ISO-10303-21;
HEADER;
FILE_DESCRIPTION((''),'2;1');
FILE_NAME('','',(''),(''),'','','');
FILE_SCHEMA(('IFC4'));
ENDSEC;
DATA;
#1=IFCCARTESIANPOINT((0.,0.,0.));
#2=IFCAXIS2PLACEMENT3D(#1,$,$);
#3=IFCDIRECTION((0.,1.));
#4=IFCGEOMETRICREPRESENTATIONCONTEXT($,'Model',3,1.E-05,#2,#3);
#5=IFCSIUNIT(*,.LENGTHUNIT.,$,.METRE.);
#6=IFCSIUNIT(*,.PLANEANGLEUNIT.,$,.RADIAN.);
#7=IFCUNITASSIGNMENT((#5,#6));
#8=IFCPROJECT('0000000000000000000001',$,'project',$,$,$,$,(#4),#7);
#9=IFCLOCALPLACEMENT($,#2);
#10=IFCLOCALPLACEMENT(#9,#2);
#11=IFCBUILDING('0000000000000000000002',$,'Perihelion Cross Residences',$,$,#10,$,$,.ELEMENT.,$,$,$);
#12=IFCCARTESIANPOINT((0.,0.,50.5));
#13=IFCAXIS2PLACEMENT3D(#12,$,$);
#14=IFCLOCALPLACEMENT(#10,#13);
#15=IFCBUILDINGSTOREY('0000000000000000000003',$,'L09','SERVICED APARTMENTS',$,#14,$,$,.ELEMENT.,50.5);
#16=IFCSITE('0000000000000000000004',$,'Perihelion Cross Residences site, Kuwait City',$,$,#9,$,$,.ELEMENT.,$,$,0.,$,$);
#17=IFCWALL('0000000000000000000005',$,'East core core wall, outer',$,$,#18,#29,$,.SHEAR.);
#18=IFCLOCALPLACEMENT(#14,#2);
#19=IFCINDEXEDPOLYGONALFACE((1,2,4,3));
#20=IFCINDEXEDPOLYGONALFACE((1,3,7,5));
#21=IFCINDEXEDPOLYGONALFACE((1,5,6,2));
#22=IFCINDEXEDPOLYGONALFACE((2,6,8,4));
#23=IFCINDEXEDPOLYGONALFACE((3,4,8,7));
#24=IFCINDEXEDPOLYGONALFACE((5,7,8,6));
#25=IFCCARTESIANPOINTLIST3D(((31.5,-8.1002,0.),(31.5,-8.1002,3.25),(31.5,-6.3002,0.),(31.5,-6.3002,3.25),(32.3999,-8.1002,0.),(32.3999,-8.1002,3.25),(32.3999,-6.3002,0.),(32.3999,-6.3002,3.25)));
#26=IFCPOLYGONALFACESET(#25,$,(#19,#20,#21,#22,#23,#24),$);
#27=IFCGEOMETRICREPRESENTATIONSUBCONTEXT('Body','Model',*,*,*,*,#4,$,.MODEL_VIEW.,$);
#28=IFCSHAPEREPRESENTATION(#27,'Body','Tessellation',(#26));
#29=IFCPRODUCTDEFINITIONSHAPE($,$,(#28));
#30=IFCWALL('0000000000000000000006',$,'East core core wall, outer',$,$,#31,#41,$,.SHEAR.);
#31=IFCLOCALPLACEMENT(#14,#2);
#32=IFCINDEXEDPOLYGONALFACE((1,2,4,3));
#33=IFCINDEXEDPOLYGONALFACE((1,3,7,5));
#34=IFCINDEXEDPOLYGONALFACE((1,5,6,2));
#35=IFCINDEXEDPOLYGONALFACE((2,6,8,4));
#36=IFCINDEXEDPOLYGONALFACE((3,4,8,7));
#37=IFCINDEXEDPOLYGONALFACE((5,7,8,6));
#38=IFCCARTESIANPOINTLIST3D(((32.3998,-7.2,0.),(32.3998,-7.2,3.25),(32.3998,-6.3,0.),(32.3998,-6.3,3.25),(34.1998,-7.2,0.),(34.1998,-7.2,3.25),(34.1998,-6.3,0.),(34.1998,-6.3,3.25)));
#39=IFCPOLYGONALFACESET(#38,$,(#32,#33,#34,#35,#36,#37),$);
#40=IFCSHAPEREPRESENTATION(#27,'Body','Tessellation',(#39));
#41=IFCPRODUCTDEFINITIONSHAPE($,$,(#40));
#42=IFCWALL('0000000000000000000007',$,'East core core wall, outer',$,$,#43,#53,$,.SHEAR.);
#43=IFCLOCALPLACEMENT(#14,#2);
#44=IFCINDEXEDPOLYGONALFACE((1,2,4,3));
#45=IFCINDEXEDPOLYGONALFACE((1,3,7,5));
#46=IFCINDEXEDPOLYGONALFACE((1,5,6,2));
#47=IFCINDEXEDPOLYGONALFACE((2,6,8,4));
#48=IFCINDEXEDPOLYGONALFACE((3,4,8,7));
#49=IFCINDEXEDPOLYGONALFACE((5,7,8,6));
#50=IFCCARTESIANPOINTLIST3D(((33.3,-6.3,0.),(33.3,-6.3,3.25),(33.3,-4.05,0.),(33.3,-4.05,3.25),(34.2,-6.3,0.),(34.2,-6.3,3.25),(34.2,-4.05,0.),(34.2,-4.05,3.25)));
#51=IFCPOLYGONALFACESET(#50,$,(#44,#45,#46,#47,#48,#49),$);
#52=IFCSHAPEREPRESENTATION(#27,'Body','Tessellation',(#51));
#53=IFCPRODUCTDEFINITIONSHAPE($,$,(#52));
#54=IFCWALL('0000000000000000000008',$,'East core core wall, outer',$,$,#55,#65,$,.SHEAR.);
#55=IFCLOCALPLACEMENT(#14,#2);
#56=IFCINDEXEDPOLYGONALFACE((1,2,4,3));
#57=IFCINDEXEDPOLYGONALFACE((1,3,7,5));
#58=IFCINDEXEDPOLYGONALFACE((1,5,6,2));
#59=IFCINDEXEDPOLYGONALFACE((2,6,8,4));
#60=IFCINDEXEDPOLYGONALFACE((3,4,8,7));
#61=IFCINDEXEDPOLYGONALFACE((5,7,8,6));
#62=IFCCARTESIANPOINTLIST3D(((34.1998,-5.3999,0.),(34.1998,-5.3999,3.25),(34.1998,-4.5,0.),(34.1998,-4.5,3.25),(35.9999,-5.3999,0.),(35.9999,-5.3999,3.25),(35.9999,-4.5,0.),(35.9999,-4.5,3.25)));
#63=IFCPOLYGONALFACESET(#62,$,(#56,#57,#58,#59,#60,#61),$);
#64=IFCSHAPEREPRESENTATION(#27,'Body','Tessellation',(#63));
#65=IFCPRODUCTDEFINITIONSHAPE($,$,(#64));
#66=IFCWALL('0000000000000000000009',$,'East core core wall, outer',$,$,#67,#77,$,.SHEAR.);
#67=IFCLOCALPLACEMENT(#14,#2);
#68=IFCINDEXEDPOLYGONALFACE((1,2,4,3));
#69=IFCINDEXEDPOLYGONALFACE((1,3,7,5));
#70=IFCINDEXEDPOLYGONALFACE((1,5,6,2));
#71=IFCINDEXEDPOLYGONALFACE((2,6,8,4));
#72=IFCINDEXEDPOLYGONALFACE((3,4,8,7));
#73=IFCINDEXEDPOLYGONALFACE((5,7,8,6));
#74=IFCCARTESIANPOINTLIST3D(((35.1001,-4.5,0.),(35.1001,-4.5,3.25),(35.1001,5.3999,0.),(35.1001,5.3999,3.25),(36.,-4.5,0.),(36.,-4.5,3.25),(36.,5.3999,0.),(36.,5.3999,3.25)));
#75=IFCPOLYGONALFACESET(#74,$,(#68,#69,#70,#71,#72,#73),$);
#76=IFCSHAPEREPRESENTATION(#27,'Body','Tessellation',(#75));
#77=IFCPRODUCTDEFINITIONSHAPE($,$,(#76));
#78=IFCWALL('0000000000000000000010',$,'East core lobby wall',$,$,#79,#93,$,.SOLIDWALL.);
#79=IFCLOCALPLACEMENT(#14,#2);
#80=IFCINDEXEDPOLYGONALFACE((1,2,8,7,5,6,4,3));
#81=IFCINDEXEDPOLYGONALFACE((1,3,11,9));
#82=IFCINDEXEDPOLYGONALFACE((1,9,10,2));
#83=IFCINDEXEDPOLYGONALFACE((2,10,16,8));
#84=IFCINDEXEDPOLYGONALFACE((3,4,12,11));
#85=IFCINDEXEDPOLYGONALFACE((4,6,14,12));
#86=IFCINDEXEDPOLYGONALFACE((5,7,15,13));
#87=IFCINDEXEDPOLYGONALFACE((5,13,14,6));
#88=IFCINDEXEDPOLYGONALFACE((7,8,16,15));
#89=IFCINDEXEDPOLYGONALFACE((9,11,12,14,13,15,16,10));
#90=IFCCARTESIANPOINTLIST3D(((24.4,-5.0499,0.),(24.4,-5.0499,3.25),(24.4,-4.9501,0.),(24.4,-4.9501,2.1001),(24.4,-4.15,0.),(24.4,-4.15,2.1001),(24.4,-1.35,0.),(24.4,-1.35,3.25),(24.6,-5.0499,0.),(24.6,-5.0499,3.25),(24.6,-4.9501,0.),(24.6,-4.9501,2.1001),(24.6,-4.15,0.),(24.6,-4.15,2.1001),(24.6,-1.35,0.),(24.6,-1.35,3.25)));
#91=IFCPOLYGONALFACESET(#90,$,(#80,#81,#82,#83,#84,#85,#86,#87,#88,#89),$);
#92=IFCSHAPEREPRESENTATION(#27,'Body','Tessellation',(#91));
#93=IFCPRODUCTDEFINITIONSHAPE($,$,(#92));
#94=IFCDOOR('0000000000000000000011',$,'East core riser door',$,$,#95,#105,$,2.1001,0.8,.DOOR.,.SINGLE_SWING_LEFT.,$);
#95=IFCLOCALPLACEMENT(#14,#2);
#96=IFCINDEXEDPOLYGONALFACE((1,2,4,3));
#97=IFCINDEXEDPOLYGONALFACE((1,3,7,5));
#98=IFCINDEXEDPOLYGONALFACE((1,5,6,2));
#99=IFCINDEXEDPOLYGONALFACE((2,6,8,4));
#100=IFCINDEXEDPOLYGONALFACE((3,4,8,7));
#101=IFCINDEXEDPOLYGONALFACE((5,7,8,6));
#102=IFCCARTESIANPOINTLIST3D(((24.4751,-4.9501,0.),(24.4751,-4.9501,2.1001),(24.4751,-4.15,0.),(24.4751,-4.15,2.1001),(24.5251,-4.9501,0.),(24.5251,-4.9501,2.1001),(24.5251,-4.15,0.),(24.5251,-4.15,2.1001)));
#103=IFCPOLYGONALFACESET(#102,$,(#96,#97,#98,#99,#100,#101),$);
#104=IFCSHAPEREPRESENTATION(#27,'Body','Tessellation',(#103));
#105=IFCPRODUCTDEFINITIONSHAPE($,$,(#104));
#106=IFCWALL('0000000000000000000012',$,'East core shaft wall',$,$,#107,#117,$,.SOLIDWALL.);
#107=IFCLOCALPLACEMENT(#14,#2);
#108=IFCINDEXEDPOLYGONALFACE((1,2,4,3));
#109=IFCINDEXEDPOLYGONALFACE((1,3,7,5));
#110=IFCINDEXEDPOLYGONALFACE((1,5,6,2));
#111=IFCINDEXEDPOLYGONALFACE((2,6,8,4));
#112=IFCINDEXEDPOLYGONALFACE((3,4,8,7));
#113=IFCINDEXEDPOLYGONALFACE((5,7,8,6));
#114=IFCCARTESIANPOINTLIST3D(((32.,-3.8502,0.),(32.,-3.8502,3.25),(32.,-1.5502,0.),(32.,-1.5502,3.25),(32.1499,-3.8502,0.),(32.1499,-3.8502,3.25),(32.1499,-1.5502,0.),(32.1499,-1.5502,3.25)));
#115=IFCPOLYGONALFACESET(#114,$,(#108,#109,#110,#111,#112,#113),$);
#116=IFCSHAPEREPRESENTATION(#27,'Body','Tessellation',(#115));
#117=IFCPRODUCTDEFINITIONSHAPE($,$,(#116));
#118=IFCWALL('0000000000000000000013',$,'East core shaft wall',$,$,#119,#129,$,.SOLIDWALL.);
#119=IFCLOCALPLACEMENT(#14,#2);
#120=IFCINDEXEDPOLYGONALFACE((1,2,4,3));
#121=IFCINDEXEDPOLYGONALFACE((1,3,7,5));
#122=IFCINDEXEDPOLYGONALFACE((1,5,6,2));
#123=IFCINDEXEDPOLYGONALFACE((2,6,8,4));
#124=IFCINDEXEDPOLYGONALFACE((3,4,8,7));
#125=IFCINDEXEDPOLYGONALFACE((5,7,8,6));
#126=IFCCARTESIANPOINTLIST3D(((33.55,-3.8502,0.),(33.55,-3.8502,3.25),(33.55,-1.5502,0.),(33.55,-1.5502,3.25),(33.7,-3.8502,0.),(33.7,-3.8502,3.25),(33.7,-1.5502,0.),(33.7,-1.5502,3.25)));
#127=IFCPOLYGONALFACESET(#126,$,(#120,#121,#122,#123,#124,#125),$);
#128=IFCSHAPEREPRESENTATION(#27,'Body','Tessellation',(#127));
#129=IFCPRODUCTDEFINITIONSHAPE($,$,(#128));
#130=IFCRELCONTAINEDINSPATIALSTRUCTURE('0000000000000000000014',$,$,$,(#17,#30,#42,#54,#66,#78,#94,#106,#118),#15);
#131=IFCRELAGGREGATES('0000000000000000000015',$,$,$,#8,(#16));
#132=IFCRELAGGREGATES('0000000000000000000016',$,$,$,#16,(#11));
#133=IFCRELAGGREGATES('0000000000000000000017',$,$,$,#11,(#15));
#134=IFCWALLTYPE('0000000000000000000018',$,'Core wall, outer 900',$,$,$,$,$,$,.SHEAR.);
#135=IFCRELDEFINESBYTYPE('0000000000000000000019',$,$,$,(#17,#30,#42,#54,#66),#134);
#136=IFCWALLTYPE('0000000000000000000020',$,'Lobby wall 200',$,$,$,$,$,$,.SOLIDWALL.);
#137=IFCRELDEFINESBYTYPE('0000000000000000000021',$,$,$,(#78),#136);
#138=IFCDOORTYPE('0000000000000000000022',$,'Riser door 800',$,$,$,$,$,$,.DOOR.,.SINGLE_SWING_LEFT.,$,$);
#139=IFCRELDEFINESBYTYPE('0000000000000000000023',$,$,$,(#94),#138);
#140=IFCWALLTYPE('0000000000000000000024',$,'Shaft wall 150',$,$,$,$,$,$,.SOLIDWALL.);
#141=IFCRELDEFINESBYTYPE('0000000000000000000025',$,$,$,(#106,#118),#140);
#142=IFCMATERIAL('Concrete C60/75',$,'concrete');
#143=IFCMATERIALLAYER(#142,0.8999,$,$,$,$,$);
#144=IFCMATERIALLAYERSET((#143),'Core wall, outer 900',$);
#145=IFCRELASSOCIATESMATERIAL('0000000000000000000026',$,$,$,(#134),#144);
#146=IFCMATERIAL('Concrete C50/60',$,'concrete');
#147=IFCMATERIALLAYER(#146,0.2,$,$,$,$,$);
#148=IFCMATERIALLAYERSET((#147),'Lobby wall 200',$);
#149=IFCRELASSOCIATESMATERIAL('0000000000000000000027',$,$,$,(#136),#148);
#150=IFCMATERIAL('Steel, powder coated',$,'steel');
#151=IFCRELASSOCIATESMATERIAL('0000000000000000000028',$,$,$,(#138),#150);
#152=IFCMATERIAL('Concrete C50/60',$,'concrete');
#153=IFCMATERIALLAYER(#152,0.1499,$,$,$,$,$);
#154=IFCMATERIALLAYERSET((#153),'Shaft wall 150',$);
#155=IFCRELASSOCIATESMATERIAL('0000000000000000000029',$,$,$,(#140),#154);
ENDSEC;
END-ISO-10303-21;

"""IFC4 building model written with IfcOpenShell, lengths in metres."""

from ifc_helpers import new_model, si_unit, direction, frame, frame_2d, origin, place, context, subcontext, project, spatial, rectangle, extrude, material, layer, layer_set, type_object, element, fill, save


model = new_model("IFC4")

# Units and contexts
model_context = context("Model", 3, precision=1e-05, world=origin(), true_north=direction((0.0, 1.0)))
body_context = subcontext(model_context, "Body", "Model", "MODEL_VIEW")
ifc_project = project(units=[si_unit("LENGTHUNIT", "METRE"), si_unit("PLANEANGLEUNIT", "RADIAN")], contexts=[model_context])

# Site, building, storey
site_placement = place(None, origin())
site = spatial("IfcSite", under=ifc_project, at=site_placement, Name="Perihelion Cross Residences site, Kuwait City", CompositionType="ELEMENT", RefElevation=0.0)
building_placement = place(site_placement, origin())
building = spatial("IfcBuilding", under=site, at=building_placement, Name="Perihelion Cross Residences", CompositionType="ELEMENT")
storey_placement = place(building_placement, frame((0.0, 0.0, 50.5)))
storey = spatial("IfcBuildingStorey", under=building, at=storey_placement, Name="L09", Description="SERVICED APARTMENTS", CompositionType="ELEMENT", Elevation=50.5)

# Walls
ifc_material_1 = material(Name="Concrete C60/75", Category="concrete")
ifc_layer_1 = layer(ifc_material_1, 0.8999)
ifc_layer_set_1 = layer_set([ifc_layer_1], Name="Core wall, outer 900")
wall_type_1 = type_object("IfcWallType", Name="Core wall, outer 900", PredefinedType="SHEAR", material=ifc_layer_set_1)
for number, where, z_axis, x_axis, name in (
    (1, (31.95, -8.1001, 0.0), (0.0, 0.0, 1.0), (0.0, 1.0, 0.0), "East core core wall, outer"),
    (2, (32.3999, -6.75, 0.0), (0.0, 0.0, 1.0), (1.0, 0.0, 0.0), "East core core wall, outer"),
):
    element("IfcWall", number, at=place(storey_placement, frame(where, z_axis=z_axis, x_axis=x_axis)), inside=storey, type_object=wall_type_1, Name=name, PredefinedType="SHEAR", context=body_context, shape_type="SweptSolid", body=[
        extrude(rectangle(XDim=1.8, YDim=0.8999, at=frame_2d((0.8999, 0.0))), origin(), (0.0, 0.0, 1.0), 3.25),
    ])
wall_1_placement = place(storey_placement, frame((33.75, -6.3, 0.0), z_axis=(0.0, 0.0, 1.0), x_axis=(0.0, 1.0, 0.0)))
element("IfcWall", 3, at=wall_1_placement, inside=storey, type_object=wall_type_1, Name="East core core wall, outer", PredefinedType="SHEAR", context=body_context, shape_type="SweptSolid", body=[
    extrude(rectangle(XDim=2.25, YDim=0.8999, at=frame_2d((1.125, 0.0))), origin(), (0.0, 0.0, 1.0), 3.25),
])
wall_2_placement = place(storey_placement, frame((34.2, -4.95, 0.0), z_axis=(0.0, 0.0, 1.0), x_axis=(1.0, 0.0, 0.0)))
element("IfcWall", 4, at=wall_2_placement, inside=storey, type_object=wall_type_1, Name="East core core wall, outer", PredefinedType="SHEAR", context=body_context, shape_type="SweptSolid", body=[
    extrude(rectangle(XDim=1.8, YDim=0.8999, at=frame_2d((0.8999, 0.0))), origin(), (0.0, 0.0, 1.0), 3.25),
])
wall_3_placement = place(storey_placement, frame((35.55, -4.5, 0.0), z_axis=(0.0, 0.0, 1.0), x_axis=(0.0, 1.0, 0.0)))
element("IfcWall", 5, at=wall_3_placement, inside=storey, type_object=wall_type_1, Name="East core core wall, outer", PredefinedType="SHEAR", context=body_context, shape_type="SweptSolid", body=[
    extrude(rectangle(XDim=9.8999, YDim=0.8999, at=frame_2d((4.95, 0.0))), origin(), (0.0, 0.0, 1.0), 3.25),
])

# Wall, opening, door
ifc_material_2 = material(Name="Concrete C50/60", Category="concrete")
ifc_layer_2 = layer(ifc_material_2, 0.2)
ifc_layer_set_2 = layer_set([ifc_layer_2], Name="Lobby wall 200")
wall_type_2 = type_object("IfcWallType", Name="Lobby wall 200", PredefinedType="SOLIDWALL", material=ifc_layer_set_2)
wall_4_placement = place(storey_placement, frame((24.5, -5.05, 0.0), z_axis=(0.0, 0.0, 1.0), x_axis=(0.0, 1.0, 0.0)))
wall_4 = element("IfcWall", 6, at=wall_4_placement, inside=storey, type_object=wall_type_2, Name="East core lobby wall", PredefinedType="SOLIDWALL", context=body_context, shape_type="SweptSolid", body=[
    extrude(rectangle(XDim=3.7, YDim=0.2, at=frame_2d((1.8501, 0.0))), origin(), (0.0, 0.0, 1.0), 3.25),
])
opening_1_placement = place(wall_4_placement, frame((0.1001, 0.0, 0.0)))
opening_1 = element("IfcOpeningElement", 7, at=opening_1_placement, cuts=wall_4, PredefinedType="OPENING", context=body_context, shape_type="SweptSolid", body=[
    extrude(rectangle(XDim=0.8, YDim=2.1001, at=frame_2d((0.3999, 1.05))), frame((0.0, 0.1099, 0.0), z_axis=(0.0, -1.0, 0.0), x_axis=(1.0, 0.0, 0.0)), (0.0, 0.0, 1.0), 0.22),
])
ifc_material_3 = material(Name="Steel, powder coated", Category="steel")
door_type_1 = type_object("IfcDoorType", Name="Riser door 800", OperationType="SINGLE_SWING_LEFT", PredefinedType="DOOR", material=ifc_material_3)
door_1_placement = place(opening_1_placement, origin())
door_1 = element("IfcDoor", 8, at=door_1_placement, inside=storey, type_object=door_type_1, Name="East core riser door", OperationType="SINGLE_SWING_LEFT", OverallHeight=2.1001, OverallWidth=0.8, PredefinedType="DOOR", context=body_context, shape_type="SweptSolid", body=[
    extrude(rectangle(XDim=0.8, YDim=2.1001, at=frame_2d((0.3999, 1.05))), frame((0.0, 0.0249, 0.0), z_axis=(0.0, -1.0, 0.0), x_axis=(1.0, 0.0, 0.0)), (0.0, 0.0, 1.0), 0.05),
])
fill(opening_1, door_1)

# Walls
ifc_material_4 = material(Name="Concrete C50/60", Category="concrete")
ifc_layer_3 = layer(ifc_material_4, 0.1499)
ifc_layer_set_3 = layer_set([ifc_layer_3], Name="Shaft wall 150")
wall_type_3 = type_object("IfcWallType", Name="Shaft wall 150", PredefinedType="SOLIDWALL", material=ifc_layer_set_3)
for number, where, z_axis, x_axis, name in (
    (9, (32.075, -3.8501, 0.0), (0.0, 0.0, 1.0), (0.0, 1.0, 0.0), "East core shaft wall"),
    (10, (33.625, -3.8501, 0.0), (0.0, 0.0, 1.0), (0.0, 1.0, 0.0), "East core shaft wall"),
):
    element("IfcWall", number, at=place(storey_placement, frame(where, z_axis=z_axis, x_axis=x_axis)), inside=storey, type_object=wall_type_3, Name=name, PredefinedType="SOLIDWALL", context=body_context, shape_type="SweptSolid", body=[
        extrude(rectangle(XDim=2.3, YDim=0.1499, at=frame_2d((1.1499, 0.0))), origin(), (0.0, 0.0, 1.0), 3.25),
    ])

save(model, "model.ifc")
